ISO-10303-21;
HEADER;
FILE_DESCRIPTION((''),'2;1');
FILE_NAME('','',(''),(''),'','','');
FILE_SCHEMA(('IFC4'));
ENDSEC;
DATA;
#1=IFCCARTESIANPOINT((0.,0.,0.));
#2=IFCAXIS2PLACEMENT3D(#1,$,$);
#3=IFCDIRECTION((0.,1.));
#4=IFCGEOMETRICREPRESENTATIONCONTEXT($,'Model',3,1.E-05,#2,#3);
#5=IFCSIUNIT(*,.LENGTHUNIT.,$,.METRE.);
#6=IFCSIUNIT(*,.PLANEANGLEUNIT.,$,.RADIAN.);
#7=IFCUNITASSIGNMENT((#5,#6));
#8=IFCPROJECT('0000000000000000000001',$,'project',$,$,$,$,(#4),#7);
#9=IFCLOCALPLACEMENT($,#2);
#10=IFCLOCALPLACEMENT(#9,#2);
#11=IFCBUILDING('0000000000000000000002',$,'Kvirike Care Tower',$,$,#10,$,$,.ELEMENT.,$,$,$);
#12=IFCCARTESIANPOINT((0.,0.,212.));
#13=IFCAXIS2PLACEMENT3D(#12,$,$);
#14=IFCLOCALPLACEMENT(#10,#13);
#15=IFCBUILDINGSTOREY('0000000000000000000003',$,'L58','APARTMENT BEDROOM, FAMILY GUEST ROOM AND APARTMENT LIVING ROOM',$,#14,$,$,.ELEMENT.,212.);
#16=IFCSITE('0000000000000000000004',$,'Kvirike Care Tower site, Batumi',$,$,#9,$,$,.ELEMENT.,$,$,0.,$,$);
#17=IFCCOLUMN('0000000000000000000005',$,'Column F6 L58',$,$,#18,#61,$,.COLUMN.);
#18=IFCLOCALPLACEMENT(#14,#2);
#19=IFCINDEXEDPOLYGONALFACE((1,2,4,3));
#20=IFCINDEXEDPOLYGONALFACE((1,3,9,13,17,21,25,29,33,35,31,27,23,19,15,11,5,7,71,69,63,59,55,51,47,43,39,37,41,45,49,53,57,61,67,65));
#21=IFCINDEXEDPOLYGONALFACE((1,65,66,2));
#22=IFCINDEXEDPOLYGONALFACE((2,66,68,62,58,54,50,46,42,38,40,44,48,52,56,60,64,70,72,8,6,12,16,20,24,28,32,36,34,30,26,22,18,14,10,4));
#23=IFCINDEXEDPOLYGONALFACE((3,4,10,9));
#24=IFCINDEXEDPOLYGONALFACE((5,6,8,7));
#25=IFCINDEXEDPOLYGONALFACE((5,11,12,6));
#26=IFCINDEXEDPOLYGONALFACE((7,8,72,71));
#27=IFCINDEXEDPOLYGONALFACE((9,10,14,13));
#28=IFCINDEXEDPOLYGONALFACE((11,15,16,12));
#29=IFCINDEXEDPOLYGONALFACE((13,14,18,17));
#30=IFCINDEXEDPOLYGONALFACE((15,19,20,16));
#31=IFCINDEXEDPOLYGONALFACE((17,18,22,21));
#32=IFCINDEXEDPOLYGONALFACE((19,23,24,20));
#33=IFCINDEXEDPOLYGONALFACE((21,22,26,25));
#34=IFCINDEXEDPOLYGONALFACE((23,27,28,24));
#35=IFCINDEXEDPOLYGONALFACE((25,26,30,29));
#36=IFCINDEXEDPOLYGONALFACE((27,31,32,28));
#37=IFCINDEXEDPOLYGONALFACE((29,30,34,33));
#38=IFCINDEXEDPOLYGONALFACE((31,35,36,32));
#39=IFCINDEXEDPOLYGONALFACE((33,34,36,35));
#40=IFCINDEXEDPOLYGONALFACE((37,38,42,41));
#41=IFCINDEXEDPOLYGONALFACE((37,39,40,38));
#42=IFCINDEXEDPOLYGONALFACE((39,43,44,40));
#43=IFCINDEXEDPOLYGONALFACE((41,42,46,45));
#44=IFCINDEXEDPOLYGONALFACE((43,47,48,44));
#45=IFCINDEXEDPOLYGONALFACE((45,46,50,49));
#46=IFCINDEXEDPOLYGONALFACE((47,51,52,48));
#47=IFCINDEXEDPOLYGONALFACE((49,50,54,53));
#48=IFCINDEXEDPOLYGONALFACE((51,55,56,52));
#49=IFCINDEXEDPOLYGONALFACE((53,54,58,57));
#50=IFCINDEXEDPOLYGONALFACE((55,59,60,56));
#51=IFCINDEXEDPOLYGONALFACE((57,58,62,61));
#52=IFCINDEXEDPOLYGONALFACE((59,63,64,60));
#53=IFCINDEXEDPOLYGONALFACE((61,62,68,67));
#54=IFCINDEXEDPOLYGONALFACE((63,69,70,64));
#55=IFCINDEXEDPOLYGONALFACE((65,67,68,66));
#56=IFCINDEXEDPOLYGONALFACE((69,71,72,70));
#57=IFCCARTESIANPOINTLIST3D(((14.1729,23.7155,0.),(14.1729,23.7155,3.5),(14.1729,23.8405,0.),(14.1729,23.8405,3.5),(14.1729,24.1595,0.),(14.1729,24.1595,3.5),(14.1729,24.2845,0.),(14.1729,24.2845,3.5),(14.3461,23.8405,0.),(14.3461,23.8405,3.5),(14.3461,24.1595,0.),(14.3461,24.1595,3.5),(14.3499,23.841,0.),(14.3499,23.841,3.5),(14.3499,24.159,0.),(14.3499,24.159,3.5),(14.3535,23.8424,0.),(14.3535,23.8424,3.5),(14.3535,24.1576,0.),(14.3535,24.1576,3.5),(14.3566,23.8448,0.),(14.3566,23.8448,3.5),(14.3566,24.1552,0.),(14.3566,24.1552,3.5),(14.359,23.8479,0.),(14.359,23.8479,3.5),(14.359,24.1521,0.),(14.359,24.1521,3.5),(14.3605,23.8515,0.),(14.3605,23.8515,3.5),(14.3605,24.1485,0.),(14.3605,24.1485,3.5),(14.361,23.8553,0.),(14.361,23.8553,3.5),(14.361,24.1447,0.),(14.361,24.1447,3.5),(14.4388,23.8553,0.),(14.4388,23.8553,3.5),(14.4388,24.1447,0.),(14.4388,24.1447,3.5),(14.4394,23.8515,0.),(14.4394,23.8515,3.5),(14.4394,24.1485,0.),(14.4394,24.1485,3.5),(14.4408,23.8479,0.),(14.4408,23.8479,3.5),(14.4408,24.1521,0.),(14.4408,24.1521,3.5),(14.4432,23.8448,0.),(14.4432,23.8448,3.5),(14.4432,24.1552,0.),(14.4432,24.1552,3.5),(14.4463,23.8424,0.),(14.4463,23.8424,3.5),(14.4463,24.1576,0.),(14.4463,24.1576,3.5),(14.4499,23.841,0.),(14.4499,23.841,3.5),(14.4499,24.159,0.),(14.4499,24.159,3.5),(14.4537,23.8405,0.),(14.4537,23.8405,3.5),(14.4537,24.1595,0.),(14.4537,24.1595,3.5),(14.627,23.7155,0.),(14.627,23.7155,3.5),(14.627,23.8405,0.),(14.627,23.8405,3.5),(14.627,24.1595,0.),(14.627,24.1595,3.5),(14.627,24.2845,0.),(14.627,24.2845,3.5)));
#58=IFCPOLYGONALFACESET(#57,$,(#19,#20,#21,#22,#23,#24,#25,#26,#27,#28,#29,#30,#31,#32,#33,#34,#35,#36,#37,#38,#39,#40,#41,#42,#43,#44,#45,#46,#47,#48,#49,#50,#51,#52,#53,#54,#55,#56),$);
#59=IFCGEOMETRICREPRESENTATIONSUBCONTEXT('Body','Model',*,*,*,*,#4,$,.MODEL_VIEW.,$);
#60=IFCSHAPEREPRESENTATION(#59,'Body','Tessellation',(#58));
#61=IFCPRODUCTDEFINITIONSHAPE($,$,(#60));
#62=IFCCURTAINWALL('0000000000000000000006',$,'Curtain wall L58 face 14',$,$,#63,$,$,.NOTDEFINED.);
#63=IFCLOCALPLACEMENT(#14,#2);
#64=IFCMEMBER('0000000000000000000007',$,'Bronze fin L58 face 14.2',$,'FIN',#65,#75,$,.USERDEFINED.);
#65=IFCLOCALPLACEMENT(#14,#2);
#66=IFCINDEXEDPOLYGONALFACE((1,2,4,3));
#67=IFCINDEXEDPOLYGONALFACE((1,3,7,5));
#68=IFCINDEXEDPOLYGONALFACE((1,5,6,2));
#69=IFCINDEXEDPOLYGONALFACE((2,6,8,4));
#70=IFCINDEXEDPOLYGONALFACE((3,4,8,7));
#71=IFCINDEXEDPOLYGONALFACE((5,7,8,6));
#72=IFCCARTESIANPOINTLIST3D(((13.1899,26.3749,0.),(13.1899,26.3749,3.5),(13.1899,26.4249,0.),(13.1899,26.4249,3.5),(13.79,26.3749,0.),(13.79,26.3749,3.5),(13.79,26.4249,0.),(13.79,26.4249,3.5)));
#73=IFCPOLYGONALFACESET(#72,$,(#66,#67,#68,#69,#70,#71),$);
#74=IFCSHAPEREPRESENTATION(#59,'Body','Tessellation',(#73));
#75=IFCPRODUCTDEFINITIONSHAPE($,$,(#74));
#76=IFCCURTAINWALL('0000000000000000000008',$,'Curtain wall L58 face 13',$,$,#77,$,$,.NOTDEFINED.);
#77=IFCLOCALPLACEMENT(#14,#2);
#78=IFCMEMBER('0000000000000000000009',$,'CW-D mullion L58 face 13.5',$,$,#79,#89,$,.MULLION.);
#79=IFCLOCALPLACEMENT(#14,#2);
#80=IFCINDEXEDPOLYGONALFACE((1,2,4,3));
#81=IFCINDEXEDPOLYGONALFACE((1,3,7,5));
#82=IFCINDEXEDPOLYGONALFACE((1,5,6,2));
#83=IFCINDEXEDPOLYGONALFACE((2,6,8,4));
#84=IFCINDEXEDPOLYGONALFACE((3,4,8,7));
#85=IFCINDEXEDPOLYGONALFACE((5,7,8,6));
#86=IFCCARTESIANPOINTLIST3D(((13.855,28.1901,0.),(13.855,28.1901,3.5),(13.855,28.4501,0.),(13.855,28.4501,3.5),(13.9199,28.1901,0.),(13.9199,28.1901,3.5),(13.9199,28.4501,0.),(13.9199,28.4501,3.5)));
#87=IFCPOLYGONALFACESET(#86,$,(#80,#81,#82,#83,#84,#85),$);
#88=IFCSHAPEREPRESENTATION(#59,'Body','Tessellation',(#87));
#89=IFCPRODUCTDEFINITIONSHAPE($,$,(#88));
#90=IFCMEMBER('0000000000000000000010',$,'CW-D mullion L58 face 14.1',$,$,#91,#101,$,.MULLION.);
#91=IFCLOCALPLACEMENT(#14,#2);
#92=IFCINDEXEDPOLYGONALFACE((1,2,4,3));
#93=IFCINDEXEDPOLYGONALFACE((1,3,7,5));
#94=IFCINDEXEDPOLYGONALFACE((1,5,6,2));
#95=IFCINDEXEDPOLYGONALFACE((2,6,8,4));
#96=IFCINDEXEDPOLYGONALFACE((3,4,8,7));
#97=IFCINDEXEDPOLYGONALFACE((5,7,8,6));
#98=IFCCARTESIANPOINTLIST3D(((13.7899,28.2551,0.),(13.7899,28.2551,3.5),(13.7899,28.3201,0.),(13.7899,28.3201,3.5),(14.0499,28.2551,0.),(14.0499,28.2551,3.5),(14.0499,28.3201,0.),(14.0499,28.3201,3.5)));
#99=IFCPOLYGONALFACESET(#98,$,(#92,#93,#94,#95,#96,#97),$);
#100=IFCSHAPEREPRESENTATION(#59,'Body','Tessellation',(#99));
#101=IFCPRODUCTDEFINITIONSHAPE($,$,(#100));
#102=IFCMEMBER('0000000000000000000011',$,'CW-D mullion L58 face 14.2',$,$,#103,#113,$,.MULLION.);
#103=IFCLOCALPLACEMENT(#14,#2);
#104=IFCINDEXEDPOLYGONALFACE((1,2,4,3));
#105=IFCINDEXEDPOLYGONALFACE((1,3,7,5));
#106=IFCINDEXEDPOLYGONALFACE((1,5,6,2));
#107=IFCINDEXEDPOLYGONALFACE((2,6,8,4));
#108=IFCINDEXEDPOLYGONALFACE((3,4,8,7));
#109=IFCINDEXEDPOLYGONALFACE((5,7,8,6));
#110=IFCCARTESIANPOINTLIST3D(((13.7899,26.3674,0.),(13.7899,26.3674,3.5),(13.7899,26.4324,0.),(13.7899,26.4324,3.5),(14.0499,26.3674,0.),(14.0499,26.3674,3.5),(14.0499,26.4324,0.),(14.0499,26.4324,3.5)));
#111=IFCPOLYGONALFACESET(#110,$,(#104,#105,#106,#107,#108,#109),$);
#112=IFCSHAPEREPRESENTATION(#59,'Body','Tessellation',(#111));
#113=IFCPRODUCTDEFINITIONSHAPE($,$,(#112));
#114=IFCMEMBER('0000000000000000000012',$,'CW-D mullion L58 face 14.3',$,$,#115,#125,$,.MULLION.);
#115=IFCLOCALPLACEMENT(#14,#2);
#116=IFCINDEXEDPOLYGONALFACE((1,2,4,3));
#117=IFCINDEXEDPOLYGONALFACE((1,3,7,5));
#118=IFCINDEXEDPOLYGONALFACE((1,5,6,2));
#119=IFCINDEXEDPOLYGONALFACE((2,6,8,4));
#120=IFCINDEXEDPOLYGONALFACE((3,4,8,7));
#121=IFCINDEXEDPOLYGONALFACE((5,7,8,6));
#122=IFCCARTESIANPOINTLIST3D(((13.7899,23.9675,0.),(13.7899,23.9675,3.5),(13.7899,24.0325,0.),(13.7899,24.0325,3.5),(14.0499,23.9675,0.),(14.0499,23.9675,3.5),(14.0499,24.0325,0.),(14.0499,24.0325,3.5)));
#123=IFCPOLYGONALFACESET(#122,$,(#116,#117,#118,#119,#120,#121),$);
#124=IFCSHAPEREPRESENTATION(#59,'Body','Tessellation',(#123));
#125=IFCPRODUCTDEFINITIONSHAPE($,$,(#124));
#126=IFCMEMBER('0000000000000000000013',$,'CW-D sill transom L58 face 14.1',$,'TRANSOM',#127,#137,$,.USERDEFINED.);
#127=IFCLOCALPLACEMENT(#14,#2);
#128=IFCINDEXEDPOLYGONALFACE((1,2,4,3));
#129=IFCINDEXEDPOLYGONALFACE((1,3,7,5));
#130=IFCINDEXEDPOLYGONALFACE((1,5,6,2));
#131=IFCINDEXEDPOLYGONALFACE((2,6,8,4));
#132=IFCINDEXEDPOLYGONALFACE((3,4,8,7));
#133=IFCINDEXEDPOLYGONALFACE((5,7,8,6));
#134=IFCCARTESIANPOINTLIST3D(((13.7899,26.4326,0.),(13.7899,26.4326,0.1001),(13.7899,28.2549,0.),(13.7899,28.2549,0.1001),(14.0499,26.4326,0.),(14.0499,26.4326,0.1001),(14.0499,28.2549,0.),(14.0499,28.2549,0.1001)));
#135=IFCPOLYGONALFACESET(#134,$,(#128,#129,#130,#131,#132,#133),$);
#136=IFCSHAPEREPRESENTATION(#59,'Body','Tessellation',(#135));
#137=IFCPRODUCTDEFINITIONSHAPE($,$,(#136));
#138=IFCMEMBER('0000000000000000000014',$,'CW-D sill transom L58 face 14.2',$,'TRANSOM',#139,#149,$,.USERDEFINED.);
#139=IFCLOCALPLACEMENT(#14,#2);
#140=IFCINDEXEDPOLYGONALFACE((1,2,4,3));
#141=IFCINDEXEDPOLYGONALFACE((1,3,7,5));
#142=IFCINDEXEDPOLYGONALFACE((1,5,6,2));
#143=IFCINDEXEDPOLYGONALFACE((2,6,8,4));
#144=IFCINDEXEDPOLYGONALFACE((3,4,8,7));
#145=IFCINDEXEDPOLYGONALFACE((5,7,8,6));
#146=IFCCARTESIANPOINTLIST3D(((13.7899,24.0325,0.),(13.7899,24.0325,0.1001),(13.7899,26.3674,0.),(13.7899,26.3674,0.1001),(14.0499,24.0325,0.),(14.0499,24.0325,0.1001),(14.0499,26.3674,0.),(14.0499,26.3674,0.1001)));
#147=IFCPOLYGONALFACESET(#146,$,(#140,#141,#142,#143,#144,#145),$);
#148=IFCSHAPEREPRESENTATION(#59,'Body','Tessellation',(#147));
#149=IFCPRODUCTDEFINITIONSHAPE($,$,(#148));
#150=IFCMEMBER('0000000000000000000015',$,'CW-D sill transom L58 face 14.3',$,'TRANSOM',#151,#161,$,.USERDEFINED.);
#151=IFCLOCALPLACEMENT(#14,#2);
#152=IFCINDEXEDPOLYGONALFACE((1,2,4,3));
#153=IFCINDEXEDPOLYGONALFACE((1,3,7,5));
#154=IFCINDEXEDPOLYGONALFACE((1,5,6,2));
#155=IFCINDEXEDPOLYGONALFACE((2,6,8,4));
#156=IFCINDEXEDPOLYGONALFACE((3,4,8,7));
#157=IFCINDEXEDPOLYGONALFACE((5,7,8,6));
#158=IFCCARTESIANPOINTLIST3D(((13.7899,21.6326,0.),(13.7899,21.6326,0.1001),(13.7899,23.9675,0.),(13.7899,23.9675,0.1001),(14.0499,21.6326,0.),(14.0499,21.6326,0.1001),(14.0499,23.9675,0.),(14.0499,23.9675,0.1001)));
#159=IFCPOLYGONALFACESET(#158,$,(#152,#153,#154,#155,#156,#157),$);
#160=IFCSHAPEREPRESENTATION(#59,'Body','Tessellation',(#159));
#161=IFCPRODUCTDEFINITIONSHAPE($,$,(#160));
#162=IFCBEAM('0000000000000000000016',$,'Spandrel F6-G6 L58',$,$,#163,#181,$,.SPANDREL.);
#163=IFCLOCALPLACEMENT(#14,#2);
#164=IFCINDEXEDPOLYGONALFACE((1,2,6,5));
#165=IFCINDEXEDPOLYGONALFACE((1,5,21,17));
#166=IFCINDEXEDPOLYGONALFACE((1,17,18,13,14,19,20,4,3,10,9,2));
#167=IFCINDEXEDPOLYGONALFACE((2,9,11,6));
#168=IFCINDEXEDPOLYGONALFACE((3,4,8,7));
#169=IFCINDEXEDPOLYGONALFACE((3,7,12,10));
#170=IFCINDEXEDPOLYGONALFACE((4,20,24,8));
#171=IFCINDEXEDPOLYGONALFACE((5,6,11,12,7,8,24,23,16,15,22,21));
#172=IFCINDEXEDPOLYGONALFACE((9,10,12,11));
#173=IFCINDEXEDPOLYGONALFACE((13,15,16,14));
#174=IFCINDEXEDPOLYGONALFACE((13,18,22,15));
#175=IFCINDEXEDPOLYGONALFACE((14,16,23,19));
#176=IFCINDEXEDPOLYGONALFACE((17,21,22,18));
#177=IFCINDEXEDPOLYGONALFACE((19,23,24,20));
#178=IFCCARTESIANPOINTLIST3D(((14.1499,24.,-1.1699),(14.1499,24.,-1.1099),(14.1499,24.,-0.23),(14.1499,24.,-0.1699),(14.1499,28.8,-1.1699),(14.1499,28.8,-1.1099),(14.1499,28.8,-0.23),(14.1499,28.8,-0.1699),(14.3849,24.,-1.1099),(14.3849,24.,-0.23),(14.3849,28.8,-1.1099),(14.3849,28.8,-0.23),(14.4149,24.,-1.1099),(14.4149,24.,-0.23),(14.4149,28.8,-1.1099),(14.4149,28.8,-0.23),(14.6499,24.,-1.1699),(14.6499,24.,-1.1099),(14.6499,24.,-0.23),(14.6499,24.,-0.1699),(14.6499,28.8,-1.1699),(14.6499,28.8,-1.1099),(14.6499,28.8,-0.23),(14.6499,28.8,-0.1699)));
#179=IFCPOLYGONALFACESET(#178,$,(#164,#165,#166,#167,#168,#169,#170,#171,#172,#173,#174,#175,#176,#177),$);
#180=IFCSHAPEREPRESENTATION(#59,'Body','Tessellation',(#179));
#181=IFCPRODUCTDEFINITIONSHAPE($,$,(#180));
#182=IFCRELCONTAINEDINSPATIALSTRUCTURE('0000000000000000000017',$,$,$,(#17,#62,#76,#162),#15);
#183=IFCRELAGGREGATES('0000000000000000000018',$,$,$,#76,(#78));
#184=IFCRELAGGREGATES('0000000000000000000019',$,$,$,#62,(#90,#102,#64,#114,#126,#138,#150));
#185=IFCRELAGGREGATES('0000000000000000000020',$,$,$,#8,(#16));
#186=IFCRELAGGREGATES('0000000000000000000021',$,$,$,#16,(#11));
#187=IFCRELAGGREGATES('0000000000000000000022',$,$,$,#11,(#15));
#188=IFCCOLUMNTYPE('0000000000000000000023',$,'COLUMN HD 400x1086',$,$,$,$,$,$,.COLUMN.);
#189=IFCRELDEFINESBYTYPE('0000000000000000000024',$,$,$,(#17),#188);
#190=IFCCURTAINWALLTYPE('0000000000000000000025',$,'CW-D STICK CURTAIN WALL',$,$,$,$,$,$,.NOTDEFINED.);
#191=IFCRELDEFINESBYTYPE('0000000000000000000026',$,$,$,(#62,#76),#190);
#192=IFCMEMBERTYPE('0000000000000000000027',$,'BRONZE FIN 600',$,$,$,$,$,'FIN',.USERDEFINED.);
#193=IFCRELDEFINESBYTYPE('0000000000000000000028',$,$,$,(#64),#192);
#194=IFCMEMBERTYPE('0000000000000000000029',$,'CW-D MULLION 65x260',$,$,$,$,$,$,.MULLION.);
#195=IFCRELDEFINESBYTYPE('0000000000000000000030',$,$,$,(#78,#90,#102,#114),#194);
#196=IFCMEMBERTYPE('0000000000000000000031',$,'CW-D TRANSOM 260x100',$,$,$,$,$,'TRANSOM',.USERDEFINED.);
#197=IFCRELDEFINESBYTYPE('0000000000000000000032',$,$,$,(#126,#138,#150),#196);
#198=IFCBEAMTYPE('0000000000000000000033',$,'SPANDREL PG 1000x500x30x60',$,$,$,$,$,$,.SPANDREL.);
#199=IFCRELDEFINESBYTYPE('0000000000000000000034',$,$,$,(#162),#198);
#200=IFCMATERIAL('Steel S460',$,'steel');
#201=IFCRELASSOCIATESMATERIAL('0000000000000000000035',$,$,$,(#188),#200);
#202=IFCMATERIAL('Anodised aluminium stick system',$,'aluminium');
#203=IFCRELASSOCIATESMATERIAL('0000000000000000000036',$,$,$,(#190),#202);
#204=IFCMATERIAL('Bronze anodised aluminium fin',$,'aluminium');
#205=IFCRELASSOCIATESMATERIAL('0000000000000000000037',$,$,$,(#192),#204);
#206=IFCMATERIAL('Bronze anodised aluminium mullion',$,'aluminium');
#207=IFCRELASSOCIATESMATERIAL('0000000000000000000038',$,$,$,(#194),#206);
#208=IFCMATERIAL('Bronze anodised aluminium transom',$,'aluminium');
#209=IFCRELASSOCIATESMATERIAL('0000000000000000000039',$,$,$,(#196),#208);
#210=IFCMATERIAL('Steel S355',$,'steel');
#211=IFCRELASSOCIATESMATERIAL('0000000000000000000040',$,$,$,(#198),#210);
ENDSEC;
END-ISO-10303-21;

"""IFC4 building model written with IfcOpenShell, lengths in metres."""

from ifc_helpers import new_model, si_unit, direction, frame, origin, origin_2d, place, context, subcontext, project, spatial, rectangle, i_section, extrude, material, material_profile, profile_set, type_object, element, aggregate, save


model = new_model("IFC4")

# Units and contexts
model_context = context("Model", 3, precision=1e-05, world=origin(), true_north=direction((0.0, 1.0)))
body_context = subcontext(model_context, "Body", "Model", "MODEL_VIEW")
ifc_project = project(units=[si_unit("LENGTHUNIT", "METRE"), si_unit("PLANEANGLEUNIT", "RADIAN")], contexts=[model_context])

# Site, building, storey
site_placement = place(None, origin())
site = spatial("IfcSite", under=ifc_project, at=site_placement, Name="Kvirike Care Tower site, Batumi", CompositionType="ELEMENT", RefElevation=0.0)
building_placement = place(site_placement, origin())
building = spatial("IfcBuilding", under=site, at=building_placement, Name="Kvirike Care Tower", CompositionType="ELEMENT")
storey_placement = place(building_placement, frame((0.0, 0.0, 212.0)))
storey = spatial("IfcBuildingStorey", under=building, at=storey_placement, Name="L58", Description="APARTMENT BEDROOM, FAMILY GUEST ROOM AND APARTMENT LIVING ROOM", CompositionType="ELEMENT", Elevation=212.0)

# Column
ifc_material_1 = material(Name="Steel S460", Category="steel")
ifc_material_profile_1 = material_profile(ifc_material_1, i_section(OverallWidth=0.4541, OverallDepth=0.5691, WebThickness=0.0779, FlangeThickness=0.125, FilletRadius=0.0149, at=origin_2d()), Name="HD 400x1086")
ifc_profile_set_1 = profile_set([ifc_material_profile_1], Name="Steel S460")
column_type = type_object("IfcColumnType", Name="COLUMN HD 400x1086", PredefinedType="COLUMN", material=ifc_profile_set_1)
column_placement = place(storey_placement, frame((14.3999, 24.0, 0.0), z_axis=(0.0, 0.0, 1.0), x_axis=(1.0, 0.0, 0.0)))
element("IfcColumn", 1, at=column_placement, inside=storey, type_object=column_type, Name="Column F6 L58", PredefinedType="COLUMN", context=body_context, shape_type="SweptSolid", body=[
    extrude(i_section(OverallWidth=0.4541, OverallDepth=0.5691, WebThickness=0.0779, FlangeThickness=0.125, FilletRadius=0.0149, at=origin_2d()), origin(), (0.0, 0.0, 1.0), 3.5),
])

# Curtain walls, members
ifc_material_2 = material(Name="Anodised aluminium stick system", Category="aluminium")
curtain_wall_type = type_object("IfcCurtainWallType", Name="CW-D STICK CURTAIN WALL", PredefinedType="NOTDEFINED", material=ifc_material_2)
curtain_wall_1_placement = place(storey_placement, origin())
curtain_wall_1 = element("IfcCurtainWall", 2, at=curtain_wall_1_placement, inside=storey, type_object=curtain_wall_type, Name="Curtain wall L58 face 14", PredefinedType="NOTDEFINED")
ifc_material_3 = material(Name="Bronze anodised aluminium fin", Category="aluminium")
ifc_material_profile_2 = material_profile(ifc_material_3, rectangle(XDim=0.05, YDim=0.6001, at=origin_2d()), Name="BRONZE FIN 600")
ifc_profile_set_2 = profile_set([ifc_material_profile_2], Name="Bronze anodised aluminium fin")
member_type_1 = type_object("IfcMemberType", Name="BRONZE FIN 600", ElementType="FIN", PredefinedType="USERDEFINED", material=ifc_profile_set_2)
member_1_placement = place(storey_placement, frame((13.49, 26.3999, 0.0), z_axis=(0.0, 0.0, 1.0), x_axis=(0.0, -1.0, 0.0)))
member_1 = element("IfcMember", 3, at=member_1_placement, type_object=member_type_1, Name="Bronze fin L58 face 14.2", ObjectType="FIN", PredefinedType="USERDEFINED", context=body_context, shape_type="SweptSolid", body=[
    extrude(rectangle(XDim=0.05, YDim=0.6001, at=origin_2d()), origin(), (0.0, 0.0, 1.0), 3.5),
])
curtain_wall_2_placement = place(storey_placement, origin())
curtain_wall_2 = element("IfcCurtainWall", 4, at=curtain_wall_2_placement, inside=storey, type_object=curtain_wall_type, Name="Curtain wall L58 face 13", PredefinedType="NOTDEFINED")
ifc_material_4 = material(Name="Bronze anodised aluminium mullion", Category="aluminium")
ifc_material_profile_3 = material_profile(ifc_material_4, rectangle(XDim=0.0649, YDim=0.26, at=origin_2d()), Name="CW-D MULLION 65x260")
ifc_profile_set_3 = profile_set([ifc_material_profile_3], Name="Bronze anodised aluminium mullion")
member_type_2 = type_object("IfcMemberType", Name="CW-D MULLION 65x260", PredefinedType="MULLION", material=ifc_profile_set_3)
member_2_placement = place(storey_placement, frame((13.8875, 28.3201, 0.0), z_axis=(0.0, 0.0, 1.0), x_axis=(1.0, 0.0, 0.0)))
member_2 = element("IfcMember", 5, at=member_2_placement, type_object=member_type_2, Name="CW-D mullion L58 face 13.5", PredefinedType="MULLION", context=body_context, shape_type="SweptSolid", body=[
    extrude(rectangle(XDim=0.0649, YDim=0.26, at=origin_2d()), origin(), (0.0, 0.0, 1.0), 3.5),
])
aggregate(curtain_wall_2, [member_2])

# Members
member_3_placement = place(storey_placement, frame((13.9199, 28.2876, 0.0), z_axis=(0.0, 0.0, 1.0), x_axis=(0.0, -1.0, 0.0)))
member_3 = element("IfcMember", 6, at=member_3_placement, type_object=member_type_2, Name="CW-D mullion L58 face 14.1", PredefinedType="MULLION", context=body_context, shape_type="SweptSolid", body=[
    extrude(rectangle(XDim=0.0649, YDim=0.26, at=origin_2d()), origin(), (0.0, 0.0, 1.0), 3.5),
])
member_4_placement = place(storey_placement, frame((13.9199, 26.3999, 0.0), z_axis=(0.0, 0.0, 1.0), x_axis=(0.0, -1.0, 0.0)))
member_4 = element("IfcMember", 7, at=member_4_placement, type_object=member_type_2, Name="CW-D mullion L58 face 14.2", PredefinedType="MULLION", context=body_context, shape_type="SweptSolid", body=[
    extrude(rectangle(XDim=0.0649, YDim=0.26, at=origin_2d()), origin(), (0.0, 0.0, 1.0), 3.5),
])
member_5_placement = place(storey_placement, frame((13.9199, 24.0, 0.0), z_axis=(0.0, 0.0, 1.0), x_axis=(0.0, -1.0, 0.0)))
member_5 = element("IfcMember", 8, at=member_5_placement, type_object=member_type_2, Name="CW-D mullion L58 face 14.3", PredefinedType="MULLION", context=body_context, shape_type="SweptSolid", body=[
    extrude(rectangle(XDim=0.0649, YDim=0.26, at=origin_2d()), origin(), (0.0, 0.0, 1.0), 3.5),
])
ifc_material_5 = material(Name="Bronze anodised aluminium transom", Category="aluminium")
ifc_material_profile_4 = material_profile(ifc_material_5, rectangle(XDim=0.26, YDim=0.1001, at=origin_2d()), Name="CW-D TRANSOM 260x100")
ifc_profile_set_4 = profile_set([ifc_material_profile_4], Name="Bronze anodised aluminium transom")
member_type_3 = type_object("IfcMemberType", Name="CW-D TRANSOM 260x100", ElementType="TRANSOM", PredefinedType="USERDEFINED", material=ifc_profile_set_4)
member_6_placement = place(storey_placement, frame((13.9199, 28.2549, 0.05), z_axis=(0.0, -1.0, 0.0), x_axis=(1.0, 0.0, 0.0)))
member_6 = element("IfcMember", 9, at=member_6_placement, type_object=member_type_3, Name="CW-D sill transom L58 face 14.1", ObjectType="TRANSOM", PredefinedType="USERDEFINED", context=body_context, shape_type="SweptSolid", body=[
    extrude(rectangle(XDim=0.26, YDim=0.1001, at=origin_2d()), origin(), (0.0, 0.0, 1.0), 1.8223),
])
member_7_placement = place(storey_placement, frame((13.9199, 26.3674, 0.05), z_axis=(0.0, -1.0, 0.0), x_axis=(1.0, 0.0, 0.0)))
member_7 = element("IfcMember", 10, at=member_7_placement, type_object=member_type_3, Name="CW-D sill transom L58 face 14.2", ObjectType="TRANSOM", PredefinedType="USERDEFINED", context=body_context, shape_type="SweptSolid", body=[
    extrude(rectangle(XDim=0.26, YDim=0.1001, at=origin_2d()), origin(), (0.0, 0.0, 1.0), 2.335),
])
member_8_placement = place(storey_placement, frame((13.9199, 23.9675, 0.05), z_axis=(0.0, -1.0, 0.0), x_axis=(1.0, 0.0, 0.0)))
member_8 = element("IfcMember", 11, at=member_8_placement, type_object=member_type_3, Name="CW-D sill transom L58 face 14.3", ObjectType="TRANSOM", PredefinedType="USERDEFINED", context=body_context, shape_type="SweptSolid", body=[
    extrude(rectangle(XDim=0.26, YDim=0.1001, at=origin_2d()), origin(), (0.0, 0.0, 1.0), 2.335),
])

# Beam
ifc_material_6 = material(Name="Steel S355", Category="steel")
ifc_material_profile_5 = material_profile(ifc_material_6, i_section(OverallWidth=0.5, OverallDepth=1.0, WebThickness=0.03, FlangeThickness=0.0601, at=origin_2d()), Name="PG 1000x500x30x60")
ifc_profile_set_5 = profile_set([ifc_material_profile_5], Name="Steel S355")
beam_type_1 = type_object("IfcBeamType", Name="SPANDREL PG 1000x500x30x60", PredefinedType="SPANDREL", material=ifc_profile_set_5)
beam_placement = place(storey_placement, frame((14.3999, 24.0, -0.6699), z_axis=(0.0, 1.0, 0.0), x_axis=(-1.0, 0.0, 0.0)))
element("IfcBeam", 12, at=beam_placement, inside=storey, type_object=beam_type_1, Name="Spandrel F6-G6 L58", PredefinedType="SPANDREL", context=body_context, shape_type="SweptSolid", body=[
    extrude(i_section(OverallWidth=0.5, OverallDepth=1.0, WebThickness=0.03, FlangeThickness=0.0601, at=origin_2d()), origin(), (0.0, 0.0, 1.0), 4.8),
])

aggregate(curtain_wall_1, [member_3, member_4, member_1, member_5, member_6, member_7, member_8])

save(model, "model.ifc")
